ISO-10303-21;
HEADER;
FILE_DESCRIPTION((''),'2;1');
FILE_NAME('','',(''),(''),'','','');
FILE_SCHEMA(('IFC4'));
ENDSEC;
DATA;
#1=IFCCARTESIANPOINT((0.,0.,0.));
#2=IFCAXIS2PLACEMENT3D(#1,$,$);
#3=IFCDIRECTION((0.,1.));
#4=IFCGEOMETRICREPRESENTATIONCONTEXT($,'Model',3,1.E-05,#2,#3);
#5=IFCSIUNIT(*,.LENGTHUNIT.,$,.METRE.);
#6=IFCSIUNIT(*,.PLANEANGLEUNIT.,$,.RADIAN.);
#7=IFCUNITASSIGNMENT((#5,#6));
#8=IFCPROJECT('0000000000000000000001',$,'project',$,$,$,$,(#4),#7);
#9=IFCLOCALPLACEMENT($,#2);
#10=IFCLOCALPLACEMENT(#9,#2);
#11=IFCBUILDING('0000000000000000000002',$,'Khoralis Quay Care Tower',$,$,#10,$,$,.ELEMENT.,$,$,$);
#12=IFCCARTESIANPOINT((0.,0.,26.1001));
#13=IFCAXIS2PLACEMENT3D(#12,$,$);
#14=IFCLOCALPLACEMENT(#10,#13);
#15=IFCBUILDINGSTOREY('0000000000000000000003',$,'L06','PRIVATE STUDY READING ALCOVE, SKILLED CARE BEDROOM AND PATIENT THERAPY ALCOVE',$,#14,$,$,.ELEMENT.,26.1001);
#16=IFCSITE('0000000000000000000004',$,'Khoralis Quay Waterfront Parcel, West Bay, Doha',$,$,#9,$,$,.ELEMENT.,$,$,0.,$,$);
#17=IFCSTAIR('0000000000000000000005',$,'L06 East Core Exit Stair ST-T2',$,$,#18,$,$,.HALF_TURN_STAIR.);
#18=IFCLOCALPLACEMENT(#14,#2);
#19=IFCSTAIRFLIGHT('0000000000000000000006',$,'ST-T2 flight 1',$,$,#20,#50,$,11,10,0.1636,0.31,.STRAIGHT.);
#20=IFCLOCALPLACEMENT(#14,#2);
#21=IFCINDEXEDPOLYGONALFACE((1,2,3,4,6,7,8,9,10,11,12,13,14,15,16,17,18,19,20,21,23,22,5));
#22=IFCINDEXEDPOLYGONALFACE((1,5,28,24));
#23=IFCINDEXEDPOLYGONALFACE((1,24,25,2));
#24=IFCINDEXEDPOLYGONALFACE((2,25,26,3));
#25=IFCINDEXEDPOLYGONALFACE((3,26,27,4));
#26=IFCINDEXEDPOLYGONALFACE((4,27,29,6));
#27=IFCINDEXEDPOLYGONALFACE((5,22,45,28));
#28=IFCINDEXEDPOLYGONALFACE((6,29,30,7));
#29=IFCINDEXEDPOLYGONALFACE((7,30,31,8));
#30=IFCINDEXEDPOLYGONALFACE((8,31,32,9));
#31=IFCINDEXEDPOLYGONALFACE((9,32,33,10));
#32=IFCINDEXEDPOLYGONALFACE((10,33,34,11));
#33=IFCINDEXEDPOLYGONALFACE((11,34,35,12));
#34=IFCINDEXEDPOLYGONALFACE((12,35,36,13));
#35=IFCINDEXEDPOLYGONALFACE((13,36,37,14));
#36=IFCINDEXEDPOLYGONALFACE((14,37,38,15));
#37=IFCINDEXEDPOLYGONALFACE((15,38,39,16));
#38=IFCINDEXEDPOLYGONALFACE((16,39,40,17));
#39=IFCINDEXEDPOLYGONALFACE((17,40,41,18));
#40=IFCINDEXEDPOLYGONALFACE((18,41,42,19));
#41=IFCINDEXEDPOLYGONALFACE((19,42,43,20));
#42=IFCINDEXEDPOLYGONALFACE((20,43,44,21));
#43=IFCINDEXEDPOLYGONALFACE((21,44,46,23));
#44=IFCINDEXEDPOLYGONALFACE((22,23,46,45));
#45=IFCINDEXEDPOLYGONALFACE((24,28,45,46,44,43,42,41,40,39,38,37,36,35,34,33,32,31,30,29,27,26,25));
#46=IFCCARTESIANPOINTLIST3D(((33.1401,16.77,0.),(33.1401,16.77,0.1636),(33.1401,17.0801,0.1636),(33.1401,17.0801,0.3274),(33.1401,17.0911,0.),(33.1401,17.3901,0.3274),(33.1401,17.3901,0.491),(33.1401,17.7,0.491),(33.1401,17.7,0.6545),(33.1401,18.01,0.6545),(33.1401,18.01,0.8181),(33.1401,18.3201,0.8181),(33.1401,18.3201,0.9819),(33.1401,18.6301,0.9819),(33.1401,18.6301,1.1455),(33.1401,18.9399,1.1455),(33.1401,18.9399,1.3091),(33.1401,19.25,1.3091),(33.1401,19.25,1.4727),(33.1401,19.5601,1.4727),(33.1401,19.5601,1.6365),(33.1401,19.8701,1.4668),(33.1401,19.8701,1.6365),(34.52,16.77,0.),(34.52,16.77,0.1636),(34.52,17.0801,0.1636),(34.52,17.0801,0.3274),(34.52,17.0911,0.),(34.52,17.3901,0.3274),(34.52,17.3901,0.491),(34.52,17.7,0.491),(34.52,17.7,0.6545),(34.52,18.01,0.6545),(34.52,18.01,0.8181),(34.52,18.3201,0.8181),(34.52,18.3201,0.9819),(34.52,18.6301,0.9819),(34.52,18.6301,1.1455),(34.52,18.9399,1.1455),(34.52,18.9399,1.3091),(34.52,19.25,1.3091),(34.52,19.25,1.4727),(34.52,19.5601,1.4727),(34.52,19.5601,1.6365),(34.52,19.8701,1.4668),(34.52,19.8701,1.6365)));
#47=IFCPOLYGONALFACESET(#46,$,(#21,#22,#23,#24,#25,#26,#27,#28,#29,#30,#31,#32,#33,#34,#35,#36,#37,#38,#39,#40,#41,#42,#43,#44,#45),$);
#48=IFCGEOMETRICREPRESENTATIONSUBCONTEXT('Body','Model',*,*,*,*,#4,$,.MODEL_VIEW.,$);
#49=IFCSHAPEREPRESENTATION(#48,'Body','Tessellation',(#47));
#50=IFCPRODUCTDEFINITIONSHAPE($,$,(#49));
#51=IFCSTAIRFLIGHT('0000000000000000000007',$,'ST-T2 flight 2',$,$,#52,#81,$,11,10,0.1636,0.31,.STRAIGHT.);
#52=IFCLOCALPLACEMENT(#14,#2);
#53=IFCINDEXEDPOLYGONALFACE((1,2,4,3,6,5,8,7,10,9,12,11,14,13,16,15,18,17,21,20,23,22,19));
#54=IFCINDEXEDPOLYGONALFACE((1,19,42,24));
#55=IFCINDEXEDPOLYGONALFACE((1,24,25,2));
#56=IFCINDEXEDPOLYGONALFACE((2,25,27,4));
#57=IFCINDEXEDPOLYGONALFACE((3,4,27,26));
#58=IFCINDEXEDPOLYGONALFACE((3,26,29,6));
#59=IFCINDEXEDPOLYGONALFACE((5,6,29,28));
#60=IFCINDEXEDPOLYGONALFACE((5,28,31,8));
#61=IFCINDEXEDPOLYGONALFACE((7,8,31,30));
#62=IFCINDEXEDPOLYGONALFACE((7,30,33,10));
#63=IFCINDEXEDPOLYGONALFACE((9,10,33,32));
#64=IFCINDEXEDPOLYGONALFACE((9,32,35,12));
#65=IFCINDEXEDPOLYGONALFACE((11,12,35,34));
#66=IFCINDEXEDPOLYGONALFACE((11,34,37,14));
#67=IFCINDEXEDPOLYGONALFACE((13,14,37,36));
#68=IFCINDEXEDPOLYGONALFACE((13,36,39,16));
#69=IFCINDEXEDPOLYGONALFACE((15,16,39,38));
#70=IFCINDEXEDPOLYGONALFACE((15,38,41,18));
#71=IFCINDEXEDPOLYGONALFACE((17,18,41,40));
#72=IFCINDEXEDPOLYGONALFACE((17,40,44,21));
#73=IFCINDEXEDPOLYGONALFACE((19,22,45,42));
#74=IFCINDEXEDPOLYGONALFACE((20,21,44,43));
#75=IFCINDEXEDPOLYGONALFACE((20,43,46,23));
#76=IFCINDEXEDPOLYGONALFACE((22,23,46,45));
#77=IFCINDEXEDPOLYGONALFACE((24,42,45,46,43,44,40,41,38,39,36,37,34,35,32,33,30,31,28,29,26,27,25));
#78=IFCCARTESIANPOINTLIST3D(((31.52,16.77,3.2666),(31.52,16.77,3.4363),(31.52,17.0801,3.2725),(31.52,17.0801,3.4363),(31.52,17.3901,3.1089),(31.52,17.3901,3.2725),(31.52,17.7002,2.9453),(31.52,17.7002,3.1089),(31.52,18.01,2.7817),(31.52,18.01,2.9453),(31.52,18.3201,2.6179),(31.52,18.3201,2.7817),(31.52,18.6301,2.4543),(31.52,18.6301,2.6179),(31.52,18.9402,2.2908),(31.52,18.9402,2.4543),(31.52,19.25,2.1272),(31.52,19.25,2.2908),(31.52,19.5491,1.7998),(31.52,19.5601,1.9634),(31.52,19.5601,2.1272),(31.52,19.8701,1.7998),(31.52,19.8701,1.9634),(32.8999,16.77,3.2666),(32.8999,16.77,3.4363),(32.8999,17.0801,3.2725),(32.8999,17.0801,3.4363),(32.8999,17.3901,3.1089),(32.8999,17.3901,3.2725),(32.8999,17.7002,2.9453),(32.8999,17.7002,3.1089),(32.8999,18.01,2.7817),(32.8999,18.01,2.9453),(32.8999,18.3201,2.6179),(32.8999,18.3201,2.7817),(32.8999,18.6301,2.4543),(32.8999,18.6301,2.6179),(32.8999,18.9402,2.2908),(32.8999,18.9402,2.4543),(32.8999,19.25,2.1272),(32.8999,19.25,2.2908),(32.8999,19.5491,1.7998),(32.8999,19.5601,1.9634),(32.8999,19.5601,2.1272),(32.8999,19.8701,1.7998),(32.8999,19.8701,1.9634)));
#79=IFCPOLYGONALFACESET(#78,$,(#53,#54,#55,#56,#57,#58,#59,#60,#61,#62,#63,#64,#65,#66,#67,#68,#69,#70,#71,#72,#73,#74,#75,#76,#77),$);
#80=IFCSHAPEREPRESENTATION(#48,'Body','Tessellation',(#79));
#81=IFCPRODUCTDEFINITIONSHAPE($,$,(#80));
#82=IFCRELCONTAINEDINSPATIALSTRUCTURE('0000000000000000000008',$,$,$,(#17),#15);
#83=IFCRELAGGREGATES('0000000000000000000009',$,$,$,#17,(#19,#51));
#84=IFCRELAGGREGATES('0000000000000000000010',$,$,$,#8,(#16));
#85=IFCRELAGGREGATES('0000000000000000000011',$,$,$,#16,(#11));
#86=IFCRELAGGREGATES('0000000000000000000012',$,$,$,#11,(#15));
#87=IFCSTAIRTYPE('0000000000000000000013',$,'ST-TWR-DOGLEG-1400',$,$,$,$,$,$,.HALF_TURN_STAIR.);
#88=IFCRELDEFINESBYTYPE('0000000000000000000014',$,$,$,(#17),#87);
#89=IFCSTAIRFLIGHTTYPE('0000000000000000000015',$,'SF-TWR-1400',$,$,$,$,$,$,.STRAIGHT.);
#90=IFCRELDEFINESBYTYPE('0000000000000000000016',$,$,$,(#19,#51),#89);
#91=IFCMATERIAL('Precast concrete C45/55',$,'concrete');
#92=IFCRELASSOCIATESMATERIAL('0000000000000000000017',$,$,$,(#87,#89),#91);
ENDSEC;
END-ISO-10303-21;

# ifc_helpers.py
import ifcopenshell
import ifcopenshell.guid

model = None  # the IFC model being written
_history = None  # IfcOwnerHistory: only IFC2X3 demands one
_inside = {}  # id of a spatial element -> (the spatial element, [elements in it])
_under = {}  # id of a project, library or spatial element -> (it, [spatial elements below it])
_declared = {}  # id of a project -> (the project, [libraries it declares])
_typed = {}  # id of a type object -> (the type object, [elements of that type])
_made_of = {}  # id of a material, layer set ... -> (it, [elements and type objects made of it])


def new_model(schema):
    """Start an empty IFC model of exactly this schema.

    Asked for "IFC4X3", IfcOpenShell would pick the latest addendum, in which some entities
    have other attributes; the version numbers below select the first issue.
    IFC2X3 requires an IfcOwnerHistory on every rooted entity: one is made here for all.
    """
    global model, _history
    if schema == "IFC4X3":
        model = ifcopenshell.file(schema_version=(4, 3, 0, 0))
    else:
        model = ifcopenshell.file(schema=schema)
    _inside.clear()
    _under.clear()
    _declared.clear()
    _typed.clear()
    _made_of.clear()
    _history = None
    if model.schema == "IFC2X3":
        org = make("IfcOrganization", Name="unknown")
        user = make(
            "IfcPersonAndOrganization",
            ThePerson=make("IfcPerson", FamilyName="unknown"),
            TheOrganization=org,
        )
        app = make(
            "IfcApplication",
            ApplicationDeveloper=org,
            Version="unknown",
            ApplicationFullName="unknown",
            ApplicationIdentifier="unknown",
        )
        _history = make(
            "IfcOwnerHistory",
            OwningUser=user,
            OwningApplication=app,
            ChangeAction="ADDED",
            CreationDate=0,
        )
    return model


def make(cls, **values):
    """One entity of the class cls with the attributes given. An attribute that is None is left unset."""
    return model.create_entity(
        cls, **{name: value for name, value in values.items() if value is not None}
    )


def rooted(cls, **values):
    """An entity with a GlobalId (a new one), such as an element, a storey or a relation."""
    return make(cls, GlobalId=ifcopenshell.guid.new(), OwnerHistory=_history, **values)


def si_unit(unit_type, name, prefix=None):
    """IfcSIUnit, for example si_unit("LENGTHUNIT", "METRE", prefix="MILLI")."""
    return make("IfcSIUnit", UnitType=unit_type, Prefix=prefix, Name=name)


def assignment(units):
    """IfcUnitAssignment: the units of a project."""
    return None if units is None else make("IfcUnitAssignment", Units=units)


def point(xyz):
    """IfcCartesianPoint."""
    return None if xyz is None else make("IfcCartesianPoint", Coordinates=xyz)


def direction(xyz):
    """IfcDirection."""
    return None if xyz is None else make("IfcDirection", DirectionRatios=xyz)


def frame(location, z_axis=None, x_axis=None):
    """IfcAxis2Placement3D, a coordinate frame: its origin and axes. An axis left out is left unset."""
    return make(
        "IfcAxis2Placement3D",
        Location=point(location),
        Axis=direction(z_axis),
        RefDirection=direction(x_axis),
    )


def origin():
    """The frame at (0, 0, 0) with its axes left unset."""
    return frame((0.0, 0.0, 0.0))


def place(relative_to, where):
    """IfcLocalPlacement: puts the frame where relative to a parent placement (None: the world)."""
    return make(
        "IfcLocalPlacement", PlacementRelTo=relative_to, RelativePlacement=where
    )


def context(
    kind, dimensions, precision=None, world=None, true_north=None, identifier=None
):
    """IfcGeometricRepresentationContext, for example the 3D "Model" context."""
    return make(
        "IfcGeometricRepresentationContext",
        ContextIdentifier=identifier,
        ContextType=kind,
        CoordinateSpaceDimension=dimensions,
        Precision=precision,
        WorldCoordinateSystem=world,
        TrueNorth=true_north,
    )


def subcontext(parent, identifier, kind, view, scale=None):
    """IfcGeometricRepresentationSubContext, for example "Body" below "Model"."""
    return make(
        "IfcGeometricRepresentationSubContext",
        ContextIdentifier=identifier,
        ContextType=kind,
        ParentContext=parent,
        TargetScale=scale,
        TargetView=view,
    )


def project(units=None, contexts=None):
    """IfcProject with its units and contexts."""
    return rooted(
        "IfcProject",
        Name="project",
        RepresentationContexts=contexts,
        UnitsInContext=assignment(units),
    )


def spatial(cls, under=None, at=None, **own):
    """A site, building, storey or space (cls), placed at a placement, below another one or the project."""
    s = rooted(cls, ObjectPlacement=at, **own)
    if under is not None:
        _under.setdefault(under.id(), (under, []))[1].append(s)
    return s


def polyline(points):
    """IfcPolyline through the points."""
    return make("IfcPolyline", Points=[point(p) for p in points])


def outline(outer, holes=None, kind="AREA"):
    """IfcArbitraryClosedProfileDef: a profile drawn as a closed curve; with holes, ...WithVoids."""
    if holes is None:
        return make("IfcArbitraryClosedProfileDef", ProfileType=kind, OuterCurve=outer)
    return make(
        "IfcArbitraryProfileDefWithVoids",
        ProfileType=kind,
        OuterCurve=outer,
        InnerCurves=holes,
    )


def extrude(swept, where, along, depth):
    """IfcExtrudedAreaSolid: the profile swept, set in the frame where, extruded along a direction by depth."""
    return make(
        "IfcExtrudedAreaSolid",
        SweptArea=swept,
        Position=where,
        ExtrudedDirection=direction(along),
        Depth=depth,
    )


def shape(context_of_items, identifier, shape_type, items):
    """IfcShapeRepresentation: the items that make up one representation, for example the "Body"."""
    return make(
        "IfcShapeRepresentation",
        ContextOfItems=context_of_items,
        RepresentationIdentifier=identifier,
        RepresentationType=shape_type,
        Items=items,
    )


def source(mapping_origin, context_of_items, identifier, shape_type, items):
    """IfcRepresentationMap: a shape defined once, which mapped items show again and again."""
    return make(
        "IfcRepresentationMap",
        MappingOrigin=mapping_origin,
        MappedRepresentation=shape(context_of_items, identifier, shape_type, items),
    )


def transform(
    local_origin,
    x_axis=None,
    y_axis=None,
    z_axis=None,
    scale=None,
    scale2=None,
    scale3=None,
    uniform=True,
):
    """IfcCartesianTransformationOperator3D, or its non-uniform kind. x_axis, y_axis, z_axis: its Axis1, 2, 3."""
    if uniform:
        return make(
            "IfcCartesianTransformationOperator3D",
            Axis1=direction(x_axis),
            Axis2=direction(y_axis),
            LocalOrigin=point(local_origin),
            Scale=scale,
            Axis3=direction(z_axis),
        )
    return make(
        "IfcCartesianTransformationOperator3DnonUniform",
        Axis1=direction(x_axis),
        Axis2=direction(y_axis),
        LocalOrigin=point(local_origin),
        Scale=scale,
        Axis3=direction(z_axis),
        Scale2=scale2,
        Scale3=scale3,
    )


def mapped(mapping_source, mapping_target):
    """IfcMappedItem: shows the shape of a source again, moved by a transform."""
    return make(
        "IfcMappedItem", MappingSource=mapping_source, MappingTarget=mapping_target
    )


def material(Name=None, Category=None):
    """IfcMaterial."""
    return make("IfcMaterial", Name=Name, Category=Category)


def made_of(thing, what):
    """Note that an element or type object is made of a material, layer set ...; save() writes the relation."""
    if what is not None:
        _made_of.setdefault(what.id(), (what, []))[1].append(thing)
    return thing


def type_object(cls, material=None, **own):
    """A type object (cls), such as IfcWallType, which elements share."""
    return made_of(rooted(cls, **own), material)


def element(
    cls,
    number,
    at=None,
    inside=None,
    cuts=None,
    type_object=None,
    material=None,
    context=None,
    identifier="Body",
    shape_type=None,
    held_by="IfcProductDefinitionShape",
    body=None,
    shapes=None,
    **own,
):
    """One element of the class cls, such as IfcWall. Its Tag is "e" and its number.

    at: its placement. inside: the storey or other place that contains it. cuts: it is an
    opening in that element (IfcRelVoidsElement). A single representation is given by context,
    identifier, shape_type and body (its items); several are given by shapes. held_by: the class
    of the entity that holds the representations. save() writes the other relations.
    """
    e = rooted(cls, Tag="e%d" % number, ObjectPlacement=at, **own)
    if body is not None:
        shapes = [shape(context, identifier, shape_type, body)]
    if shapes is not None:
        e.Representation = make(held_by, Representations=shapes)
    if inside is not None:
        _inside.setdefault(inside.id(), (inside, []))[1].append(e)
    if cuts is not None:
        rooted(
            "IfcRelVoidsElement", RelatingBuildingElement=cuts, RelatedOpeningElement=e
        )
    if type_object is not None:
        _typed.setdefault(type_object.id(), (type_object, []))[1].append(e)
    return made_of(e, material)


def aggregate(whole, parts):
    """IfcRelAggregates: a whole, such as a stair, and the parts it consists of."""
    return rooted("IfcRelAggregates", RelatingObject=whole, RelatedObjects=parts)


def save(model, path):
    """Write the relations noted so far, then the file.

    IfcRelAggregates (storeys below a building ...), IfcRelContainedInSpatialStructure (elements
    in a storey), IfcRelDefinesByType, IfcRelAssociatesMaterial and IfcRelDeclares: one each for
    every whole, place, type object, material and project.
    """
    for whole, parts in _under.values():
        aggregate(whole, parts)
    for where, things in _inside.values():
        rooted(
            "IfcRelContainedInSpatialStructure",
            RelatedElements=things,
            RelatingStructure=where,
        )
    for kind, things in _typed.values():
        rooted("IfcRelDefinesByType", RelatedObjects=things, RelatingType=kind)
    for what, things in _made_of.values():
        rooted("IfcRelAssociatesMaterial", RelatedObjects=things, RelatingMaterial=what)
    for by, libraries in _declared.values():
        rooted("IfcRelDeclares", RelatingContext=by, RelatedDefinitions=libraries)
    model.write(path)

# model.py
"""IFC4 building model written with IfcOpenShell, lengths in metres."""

from ifc_helpers import new_model, si_unit, direction, frame, origin, place, context, subcontext, project, spatial, polyline, outline, extrude, source, transform, mapped, material, type_object, element, aggregate, save


model = new_model("IFC4")

# Units and contexts
model_context = context("Model", 3, precision=1e-05, world=origin(), true_north=direction((0.0, 1.0)))
body_context = subcontext(model_context, "Body", "Model", "MODEL_VIEW")
ifc_project = project(units=[si_unit("LENGTHUNIT", "METRE"), si_unit("PLANEANGLEUNIT", "RADIAN")], contexts=[model_context])

# Site, building, storey
site_placement = place(None, origin())
site = spatial("IfcSite", under=ifc_project, at=site_placement, Name="Khoralis Quay Waterfront Parcel, West Bay, Doha", CompositionType="ELEMENT", RefElevation=0.0)
building_placement = place(site_placement, origin())
building = spatial("IfcBuilding", under=site, at=building_placement, Name="Khoralis Quay Care Tower", CompositionType="ELEMENT")
storey_placement = place(building_placement, frame((0.0, 0.0, 26.1001)))
storey = spatial("IfcBuildingStorey", under=building, at=storey_placement, Name="L06", Description="PRIVATE STUDY READING ALCOVE, SKILLED CARE BEDROOM AND PATIENT THERAPY ALCOVE", CompositionType="ELEMENT", Elevation=26.1001)

# Stair, stair flights
ifc_material_1 = material(Name="Precast concrete C45/55", Category="concrete")
stair_type = type_object("IfcStairType", Name="ST-TWR-DOGLEG-1400", PredefinedType="HALF_TURN_STAIR", material=ifc_material_1)
stair_placement = place(storey_placement, origin())
stair = element("IfcStair", 1, at=stair_placement, inside=storey, type_object=stair_type, Name="L06 East Core Exit Stair ST-T2", PredefinedType="HALF_TURN_STAIR")
stair_flight_type = type_object("IfcStairFlightType", Name="SF-TWR-1400", PredefinedType="STRAIGHT", material=ifc_material_1)
shared_shape_1 = source(origin(), body_context, "Body", "SweptSolid", [
    extrude(outline(polyline([(0.0, 0.0), (0.0, 0.1636), (0.3101, 0.1636), (0.3101, 0.3274), (0.6201, 0.3274), (0.6201, 0.491), (0.9299, 0.491), (0.9299, 0.6545), (1.24, 0.6545), (1.24, 0.8181), (1.55, 0.8181), (1.55, 0.9819), (1.8601, 0.9819), (1.8601, 1.1455), (2.1699, 1.1455), (2.1699, 1.3091), (2.48, 1.3091), (2.48, 1.4727), (2.79, 1.4727), (2.79, 1.6365), (3.1001, 1.6365), (3.1001, 1.8), (3.1001, 1.4668), (0.321, 0.0), (0.0, 0.0)])), frame((0.0, 0.6899, 0.0), z_axis=(0.0, -1.0, 0.0), x_axis=(1.0, 0.0, 0.0)), (0.0, 0.0, 1.0), 1.3799),
])
stair_flight_1_placement = place(storey_placement, frame((33.8301, 16.77, 0.0), z_axis=(0.0, 0.0, 1.0), x_axis=(0.0, 1.0, 0.0)))
stair_flight_1 = element("IfcStairFlight", 2, at=stair_flight_1_placement, type_object=stair_flight_type, Name="ST-T2 flight 1", NumberOfRisers=11, NumberOfTreads=10, PredefinedType="STRAIGHT", RiserHeight=0.1636, TreadLength=0.31, context=body_context, shape_type="MappedRepresentation", body=[
    mapped(shared_shape_1, transform((0.0, 0.0, 0.0), scale=1.0)),
])
stair_flight_2_placement = place(storey_placement, frame((32.21, 19.8701, 1.7998), z_axis=(0.0, 0.0, 1.0), x_axis=(0.0, -1.0, 0.0)))
stair_flight_2 = element("IfcStairFlight", 3, at=stair_flight_2_placement, type_object=stair_flight_type, Name="ST-T2 flight 2", NumberOfRisers=11, NumberOfTreads=10, PredefinedType="STRAIGHT", RiserHeight=0.1636, TreadLength=0.31, context=body_context, shape_type="MappedRepresentation", body=[
    mapped(shared_shape_1, transform((0.0, 0.0, 0.0), scale=1.0)),
])
aggregate(stair, [stair_flight_1, stair_flight_2])

save(model, "model.ifc")
